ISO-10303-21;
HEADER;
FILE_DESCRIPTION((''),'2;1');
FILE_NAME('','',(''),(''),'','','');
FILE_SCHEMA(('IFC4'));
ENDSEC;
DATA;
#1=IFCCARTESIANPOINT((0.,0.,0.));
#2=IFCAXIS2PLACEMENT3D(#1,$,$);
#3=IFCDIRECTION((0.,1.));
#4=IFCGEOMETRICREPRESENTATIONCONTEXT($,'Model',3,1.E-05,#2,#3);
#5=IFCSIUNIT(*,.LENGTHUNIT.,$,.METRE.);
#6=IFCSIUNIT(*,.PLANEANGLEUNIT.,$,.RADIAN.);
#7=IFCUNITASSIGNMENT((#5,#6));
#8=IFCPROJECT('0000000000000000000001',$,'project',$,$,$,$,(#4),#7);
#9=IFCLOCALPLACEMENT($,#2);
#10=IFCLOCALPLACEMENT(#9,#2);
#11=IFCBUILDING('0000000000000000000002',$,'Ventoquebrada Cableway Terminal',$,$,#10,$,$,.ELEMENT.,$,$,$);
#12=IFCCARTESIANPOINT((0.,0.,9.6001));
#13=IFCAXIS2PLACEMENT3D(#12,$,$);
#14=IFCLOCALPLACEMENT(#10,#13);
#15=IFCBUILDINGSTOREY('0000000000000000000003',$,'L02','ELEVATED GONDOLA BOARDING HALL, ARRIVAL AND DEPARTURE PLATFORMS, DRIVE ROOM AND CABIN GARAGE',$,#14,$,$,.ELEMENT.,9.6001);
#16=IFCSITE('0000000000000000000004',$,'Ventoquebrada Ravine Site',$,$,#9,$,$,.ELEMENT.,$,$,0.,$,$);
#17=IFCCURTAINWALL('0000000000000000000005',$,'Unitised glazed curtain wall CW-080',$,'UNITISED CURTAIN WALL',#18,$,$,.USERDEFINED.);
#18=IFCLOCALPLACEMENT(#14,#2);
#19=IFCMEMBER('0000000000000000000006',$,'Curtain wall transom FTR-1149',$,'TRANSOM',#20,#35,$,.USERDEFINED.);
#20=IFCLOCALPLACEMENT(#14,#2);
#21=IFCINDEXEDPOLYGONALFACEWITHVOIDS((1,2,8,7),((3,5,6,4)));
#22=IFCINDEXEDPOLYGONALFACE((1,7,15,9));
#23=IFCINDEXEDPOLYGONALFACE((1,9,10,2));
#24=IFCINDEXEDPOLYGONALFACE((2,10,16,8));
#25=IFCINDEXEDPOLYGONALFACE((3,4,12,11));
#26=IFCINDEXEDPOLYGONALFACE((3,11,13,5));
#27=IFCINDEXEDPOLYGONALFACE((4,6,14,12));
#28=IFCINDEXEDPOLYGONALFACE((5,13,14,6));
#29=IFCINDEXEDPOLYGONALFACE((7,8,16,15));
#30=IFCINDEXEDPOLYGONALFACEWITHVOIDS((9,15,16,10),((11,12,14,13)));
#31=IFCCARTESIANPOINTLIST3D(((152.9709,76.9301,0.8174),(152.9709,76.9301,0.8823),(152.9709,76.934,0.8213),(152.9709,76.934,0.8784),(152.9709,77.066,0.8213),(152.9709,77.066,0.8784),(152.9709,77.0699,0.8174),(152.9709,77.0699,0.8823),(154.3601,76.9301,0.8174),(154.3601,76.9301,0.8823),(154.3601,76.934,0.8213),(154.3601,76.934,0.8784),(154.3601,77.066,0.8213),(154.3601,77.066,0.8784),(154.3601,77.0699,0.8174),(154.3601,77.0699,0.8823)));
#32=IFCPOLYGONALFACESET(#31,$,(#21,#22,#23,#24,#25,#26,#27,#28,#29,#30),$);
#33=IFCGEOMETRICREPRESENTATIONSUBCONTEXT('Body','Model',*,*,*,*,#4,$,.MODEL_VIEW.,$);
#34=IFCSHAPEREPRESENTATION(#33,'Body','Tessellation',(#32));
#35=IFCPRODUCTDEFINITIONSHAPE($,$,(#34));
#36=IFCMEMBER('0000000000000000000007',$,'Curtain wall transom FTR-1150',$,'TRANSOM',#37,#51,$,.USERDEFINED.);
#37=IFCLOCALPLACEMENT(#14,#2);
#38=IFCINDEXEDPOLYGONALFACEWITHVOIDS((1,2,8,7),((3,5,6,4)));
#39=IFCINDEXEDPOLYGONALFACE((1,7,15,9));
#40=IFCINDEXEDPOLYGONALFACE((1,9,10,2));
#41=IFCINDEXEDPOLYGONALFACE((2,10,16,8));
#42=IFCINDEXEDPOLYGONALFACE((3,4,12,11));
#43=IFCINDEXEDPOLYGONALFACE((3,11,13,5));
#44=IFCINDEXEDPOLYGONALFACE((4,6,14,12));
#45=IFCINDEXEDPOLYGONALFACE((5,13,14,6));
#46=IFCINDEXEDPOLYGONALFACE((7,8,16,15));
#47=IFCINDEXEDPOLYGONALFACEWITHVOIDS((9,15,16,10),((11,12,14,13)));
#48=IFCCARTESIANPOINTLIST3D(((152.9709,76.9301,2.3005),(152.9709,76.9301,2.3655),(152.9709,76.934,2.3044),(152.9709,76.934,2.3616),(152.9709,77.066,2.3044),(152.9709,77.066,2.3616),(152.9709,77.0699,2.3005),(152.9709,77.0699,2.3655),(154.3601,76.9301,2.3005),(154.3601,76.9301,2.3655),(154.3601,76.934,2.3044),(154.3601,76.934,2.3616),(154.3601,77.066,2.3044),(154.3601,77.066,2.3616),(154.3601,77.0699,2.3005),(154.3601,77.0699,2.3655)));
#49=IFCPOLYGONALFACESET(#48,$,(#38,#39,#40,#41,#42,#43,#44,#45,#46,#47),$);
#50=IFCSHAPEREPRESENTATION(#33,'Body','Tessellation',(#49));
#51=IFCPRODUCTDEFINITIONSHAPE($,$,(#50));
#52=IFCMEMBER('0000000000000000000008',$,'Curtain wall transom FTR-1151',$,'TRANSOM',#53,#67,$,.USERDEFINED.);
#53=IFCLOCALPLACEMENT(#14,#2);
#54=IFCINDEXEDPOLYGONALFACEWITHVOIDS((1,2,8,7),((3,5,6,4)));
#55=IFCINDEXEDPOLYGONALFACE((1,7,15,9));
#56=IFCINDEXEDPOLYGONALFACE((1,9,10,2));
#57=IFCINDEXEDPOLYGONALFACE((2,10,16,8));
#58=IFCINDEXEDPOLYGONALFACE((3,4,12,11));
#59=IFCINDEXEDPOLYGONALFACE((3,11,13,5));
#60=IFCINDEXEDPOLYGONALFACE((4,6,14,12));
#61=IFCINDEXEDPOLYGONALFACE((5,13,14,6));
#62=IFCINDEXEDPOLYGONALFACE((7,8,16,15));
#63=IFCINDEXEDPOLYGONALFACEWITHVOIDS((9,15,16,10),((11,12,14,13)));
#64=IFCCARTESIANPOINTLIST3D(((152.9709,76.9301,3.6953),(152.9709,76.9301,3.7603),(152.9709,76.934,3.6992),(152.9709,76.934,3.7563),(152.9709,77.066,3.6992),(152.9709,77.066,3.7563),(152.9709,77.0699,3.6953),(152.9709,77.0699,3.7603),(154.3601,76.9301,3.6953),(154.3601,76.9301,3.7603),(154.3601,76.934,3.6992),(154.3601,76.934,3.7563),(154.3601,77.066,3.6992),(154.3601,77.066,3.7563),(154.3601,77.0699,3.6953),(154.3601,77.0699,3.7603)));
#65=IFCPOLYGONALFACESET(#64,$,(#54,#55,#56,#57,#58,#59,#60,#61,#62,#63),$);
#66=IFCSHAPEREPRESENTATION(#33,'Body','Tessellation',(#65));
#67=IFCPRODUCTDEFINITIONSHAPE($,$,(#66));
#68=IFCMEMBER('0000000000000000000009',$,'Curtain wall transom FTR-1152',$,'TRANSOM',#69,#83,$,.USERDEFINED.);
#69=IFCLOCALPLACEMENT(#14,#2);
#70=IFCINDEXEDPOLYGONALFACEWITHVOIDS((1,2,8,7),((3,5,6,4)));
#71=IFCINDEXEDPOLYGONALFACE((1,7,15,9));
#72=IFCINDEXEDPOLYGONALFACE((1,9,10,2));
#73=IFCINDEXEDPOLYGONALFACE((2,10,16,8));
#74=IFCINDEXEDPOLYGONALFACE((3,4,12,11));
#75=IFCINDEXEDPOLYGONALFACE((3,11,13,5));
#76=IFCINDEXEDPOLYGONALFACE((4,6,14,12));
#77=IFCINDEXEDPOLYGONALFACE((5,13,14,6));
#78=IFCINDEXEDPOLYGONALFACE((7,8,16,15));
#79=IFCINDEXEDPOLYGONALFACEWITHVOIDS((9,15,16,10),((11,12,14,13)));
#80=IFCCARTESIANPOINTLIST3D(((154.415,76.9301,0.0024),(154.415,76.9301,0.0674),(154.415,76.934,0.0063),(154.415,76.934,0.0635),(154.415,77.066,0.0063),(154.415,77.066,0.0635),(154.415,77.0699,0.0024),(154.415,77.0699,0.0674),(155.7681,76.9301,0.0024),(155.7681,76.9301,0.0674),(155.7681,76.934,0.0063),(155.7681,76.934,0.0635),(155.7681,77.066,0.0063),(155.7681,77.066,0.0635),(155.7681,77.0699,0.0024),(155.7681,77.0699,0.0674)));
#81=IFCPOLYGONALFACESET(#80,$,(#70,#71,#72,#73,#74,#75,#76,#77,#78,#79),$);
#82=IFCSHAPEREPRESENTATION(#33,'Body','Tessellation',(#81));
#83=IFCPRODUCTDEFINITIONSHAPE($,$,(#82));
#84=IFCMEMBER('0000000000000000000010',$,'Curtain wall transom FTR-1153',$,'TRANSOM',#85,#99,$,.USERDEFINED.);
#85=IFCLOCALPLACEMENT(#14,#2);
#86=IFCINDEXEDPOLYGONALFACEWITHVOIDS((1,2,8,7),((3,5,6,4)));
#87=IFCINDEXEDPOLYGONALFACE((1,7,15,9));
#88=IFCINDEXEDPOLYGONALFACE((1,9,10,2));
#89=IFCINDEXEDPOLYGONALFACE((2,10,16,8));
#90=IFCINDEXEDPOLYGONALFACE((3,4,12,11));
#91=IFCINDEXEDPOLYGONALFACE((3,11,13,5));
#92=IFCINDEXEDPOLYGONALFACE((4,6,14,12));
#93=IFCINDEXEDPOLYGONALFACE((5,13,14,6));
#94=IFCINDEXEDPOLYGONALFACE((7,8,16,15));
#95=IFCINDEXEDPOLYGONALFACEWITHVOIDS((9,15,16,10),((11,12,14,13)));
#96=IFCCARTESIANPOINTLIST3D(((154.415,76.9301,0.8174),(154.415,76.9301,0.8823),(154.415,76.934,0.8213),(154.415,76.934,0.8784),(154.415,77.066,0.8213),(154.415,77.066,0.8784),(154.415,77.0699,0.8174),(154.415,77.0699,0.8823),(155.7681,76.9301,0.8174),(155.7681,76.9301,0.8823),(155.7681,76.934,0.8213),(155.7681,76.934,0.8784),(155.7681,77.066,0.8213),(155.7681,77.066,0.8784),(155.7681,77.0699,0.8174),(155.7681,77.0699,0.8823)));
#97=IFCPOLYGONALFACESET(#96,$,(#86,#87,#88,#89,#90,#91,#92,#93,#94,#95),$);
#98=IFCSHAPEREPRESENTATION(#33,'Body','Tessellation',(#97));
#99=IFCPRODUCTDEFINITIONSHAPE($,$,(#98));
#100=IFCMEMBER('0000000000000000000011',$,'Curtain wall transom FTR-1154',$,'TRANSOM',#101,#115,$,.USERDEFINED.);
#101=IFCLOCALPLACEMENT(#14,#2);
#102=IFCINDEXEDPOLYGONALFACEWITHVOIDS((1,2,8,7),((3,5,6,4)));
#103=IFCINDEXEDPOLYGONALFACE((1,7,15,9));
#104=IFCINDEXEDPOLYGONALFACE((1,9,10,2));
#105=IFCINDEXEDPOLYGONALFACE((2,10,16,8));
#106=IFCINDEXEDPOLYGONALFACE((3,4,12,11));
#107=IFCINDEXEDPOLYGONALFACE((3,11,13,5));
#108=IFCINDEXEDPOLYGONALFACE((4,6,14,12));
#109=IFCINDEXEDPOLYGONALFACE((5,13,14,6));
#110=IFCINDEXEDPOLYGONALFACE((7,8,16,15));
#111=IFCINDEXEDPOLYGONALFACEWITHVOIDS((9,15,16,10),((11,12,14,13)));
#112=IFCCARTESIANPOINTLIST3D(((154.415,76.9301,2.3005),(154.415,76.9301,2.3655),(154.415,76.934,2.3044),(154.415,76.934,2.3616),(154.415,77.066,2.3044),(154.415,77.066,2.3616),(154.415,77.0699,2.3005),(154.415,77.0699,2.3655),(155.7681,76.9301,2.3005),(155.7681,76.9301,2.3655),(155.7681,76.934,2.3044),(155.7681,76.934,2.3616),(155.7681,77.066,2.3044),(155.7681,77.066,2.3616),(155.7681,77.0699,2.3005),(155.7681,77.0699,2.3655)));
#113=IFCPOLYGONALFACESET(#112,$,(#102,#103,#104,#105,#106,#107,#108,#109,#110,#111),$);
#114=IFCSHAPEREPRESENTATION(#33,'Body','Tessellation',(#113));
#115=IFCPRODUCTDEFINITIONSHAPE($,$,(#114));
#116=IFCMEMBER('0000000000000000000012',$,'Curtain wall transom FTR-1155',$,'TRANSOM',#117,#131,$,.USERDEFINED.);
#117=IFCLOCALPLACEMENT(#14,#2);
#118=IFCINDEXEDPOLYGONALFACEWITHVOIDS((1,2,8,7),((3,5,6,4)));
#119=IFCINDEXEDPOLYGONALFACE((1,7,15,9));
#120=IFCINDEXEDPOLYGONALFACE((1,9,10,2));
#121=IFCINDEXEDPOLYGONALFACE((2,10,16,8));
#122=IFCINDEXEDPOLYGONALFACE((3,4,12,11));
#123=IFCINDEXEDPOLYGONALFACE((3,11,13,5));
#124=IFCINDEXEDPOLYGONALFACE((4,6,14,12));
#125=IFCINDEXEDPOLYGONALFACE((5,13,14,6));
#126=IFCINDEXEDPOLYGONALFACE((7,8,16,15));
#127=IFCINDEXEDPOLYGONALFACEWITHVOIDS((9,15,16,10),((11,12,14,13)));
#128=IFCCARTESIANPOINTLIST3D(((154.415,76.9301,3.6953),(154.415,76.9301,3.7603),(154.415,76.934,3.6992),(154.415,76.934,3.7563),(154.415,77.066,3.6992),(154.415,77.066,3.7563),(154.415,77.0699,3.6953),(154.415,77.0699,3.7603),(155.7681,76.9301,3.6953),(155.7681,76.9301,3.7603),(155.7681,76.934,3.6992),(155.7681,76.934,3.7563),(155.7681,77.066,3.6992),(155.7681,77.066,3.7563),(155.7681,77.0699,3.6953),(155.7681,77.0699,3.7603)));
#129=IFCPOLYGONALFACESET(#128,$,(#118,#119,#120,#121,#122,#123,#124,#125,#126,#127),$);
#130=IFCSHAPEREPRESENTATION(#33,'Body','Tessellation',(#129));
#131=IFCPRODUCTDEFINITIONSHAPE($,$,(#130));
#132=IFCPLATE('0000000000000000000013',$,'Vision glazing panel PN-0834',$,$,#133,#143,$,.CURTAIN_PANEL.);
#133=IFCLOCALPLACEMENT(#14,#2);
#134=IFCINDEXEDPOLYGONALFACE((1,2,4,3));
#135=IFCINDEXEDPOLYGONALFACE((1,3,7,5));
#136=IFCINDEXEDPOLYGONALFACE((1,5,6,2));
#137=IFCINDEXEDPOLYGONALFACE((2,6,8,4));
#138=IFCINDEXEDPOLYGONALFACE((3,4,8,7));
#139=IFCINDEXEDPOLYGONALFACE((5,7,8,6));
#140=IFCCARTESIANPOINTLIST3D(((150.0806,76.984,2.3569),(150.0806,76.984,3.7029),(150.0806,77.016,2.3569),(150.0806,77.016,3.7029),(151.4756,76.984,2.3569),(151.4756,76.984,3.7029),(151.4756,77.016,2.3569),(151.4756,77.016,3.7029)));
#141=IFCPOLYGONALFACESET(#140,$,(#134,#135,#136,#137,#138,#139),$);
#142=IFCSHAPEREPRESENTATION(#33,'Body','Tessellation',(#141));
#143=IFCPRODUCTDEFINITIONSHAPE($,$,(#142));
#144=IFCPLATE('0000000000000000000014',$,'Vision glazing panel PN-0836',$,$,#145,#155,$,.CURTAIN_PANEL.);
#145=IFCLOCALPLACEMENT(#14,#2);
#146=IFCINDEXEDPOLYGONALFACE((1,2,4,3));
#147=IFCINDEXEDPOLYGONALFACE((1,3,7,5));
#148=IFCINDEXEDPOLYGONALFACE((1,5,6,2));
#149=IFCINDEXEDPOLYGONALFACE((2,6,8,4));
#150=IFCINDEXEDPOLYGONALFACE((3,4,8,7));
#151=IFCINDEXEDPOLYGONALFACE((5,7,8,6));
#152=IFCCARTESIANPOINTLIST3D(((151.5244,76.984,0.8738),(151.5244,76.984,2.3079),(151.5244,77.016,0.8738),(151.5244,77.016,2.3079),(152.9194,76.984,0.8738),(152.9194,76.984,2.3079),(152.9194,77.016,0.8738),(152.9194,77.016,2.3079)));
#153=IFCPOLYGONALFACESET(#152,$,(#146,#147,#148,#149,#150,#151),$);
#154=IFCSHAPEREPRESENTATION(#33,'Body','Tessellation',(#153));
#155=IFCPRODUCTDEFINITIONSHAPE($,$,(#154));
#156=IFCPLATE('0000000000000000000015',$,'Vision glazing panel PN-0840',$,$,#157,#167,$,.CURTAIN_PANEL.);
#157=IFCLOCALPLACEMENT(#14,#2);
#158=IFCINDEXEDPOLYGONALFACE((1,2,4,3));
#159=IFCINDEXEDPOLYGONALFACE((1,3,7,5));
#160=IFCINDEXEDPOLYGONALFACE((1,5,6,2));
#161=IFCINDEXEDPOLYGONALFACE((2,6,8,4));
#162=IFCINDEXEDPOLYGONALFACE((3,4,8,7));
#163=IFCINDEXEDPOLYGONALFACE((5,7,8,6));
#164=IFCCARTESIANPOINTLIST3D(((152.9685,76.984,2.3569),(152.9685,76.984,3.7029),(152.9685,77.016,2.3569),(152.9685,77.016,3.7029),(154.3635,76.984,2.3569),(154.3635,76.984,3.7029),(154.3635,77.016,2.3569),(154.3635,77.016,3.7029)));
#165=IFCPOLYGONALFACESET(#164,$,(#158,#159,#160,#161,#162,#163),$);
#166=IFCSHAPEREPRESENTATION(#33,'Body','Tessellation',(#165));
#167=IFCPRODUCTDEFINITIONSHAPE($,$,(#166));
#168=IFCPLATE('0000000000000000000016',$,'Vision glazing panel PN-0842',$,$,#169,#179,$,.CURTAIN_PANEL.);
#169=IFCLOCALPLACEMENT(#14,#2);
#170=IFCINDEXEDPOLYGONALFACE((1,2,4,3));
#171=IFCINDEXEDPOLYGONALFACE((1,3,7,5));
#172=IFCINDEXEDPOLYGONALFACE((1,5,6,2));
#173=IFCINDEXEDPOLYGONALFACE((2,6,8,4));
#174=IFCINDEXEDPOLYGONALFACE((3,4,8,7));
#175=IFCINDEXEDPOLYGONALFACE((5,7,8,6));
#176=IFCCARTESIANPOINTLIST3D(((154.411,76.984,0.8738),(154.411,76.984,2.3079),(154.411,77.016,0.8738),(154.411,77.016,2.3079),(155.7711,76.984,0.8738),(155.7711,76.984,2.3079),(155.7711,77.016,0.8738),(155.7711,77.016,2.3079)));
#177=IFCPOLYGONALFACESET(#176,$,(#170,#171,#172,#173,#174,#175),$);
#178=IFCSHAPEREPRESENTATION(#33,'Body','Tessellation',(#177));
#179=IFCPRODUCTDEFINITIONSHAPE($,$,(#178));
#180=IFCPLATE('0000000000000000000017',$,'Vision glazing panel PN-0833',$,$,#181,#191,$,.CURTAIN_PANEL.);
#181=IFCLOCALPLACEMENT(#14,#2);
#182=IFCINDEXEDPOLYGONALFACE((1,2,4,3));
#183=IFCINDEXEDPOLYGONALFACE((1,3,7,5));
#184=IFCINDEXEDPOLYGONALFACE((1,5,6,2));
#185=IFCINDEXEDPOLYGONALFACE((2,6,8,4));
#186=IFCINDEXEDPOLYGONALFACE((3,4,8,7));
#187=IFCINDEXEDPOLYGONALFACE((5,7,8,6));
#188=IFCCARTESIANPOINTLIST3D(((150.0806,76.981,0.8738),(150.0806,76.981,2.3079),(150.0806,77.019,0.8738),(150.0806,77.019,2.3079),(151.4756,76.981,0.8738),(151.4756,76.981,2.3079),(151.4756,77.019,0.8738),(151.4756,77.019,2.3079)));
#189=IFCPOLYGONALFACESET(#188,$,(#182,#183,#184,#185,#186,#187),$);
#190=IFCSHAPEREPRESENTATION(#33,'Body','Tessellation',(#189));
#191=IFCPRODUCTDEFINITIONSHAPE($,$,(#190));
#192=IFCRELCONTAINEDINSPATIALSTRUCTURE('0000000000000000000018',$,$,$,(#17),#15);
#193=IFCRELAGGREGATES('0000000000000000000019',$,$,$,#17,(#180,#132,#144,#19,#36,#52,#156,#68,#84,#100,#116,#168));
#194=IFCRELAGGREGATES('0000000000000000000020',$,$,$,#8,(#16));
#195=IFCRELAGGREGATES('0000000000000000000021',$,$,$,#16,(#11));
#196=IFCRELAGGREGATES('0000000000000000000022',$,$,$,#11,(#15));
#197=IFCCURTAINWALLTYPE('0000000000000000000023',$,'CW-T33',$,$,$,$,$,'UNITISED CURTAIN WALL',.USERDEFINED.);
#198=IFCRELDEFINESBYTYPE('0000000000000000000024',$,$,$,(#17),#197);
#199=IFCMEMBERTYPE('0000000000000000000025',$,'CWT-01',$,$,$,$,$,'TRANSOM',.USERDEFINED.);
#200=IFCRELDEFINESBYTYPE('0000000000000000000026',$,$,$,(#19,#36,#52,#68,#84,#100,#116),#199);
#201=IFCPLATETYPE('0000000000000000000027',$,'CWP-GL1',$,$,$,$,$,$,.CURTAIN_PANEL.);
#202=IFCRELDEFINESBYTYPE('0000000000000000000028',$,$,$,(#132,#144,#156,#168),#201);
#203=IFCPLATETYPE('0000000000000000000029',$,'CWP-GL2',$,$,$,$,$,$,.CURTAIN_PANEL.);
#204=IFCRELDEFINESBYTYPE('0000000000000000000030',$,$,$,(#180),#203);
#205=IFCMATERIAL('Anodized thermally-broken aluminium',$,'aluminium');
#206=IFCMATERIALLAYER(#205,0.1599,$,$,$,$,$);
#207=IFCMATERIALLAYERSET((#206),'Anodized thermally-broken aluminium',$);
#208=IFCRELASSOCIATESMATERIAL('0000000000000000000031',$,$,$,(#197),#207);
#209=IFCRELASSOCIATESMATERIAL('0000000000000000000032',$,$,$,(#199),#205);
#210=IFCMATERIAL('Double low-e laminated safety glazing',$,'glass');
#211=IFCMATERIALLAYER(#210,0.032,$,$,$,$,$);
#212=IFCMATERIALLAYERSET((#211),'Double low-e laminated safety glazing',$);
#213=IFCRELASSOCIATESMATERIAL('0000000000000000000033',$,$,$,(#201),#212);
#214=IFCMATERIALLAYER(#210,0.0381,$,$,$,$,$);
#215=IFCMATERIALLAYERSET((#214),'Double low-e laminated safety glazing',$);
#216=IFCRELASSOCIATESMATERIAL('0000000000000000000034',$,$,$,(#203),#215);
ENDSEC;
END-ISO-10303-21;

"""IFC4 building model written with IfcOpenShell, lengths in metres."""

from ifc_helpers import new_model, si_unit, direction, frame, origin, origin_2d, place, context, subcontext, project, spatial, rectangle, hollow_rectangle, extrude, material, layer, layer_set, material_profile, profile_set, type_object, element, aggregate, save


model = new_model("IFC4")

# Units and contexts
model_context = context("Model", 3, precision=1e-05, world=origin(), true_north=direction((0.0, 1.0)))
body_context = subcontext(model_context, "Body", "Model", "MODEL_VIEW")
ifc_project = project(units=[si_unit("LENGTHUNIT", "METRE"), si_unit("PLANEANGLEUNIT", "RADIAN")], contexts=[model_context])

# Site, building, storey
site_placement = place(None, origin())
site = spatial("IfcSite", under=ifc_project, at=site_placement, Name="Ventoquebrada Ravine Site", CompositionType="ELEMENT", RefElevation=0.0)
building_placement = place(site_placement, origin())
building = spatial("IfcBuilding", under=site, at=building_placement, Name="Ventoquebrada Cableway Terminal", CompositionType="ELEMENT")
storey_placement = place(building_placement, frame((0.0, 0.0, 9.6001)))
storey = spatial("IfcBuildingStorey", under=building, at=storey_placement, Name="L02", Description="ELEVATED GONDOLA BOARDING HALL, ARRIVAL AND DEPARTURE PLATFORMS, DRIVE ROOM AND CABIN GARAGE", CompositionType="ELEMENT", Elevation=9.6001)

# Curtain wall, members, plates
ifc_material_1 = material(Name="Anodized thermally-broken aluminium", Category="aluminium")
ifc_layer_1 = layer(ifc_material_1, 0.1599)
ifc_layer_set_1 = layer_set([ifc_layer_1], Name="Anodized thermally-broken aluminium")
curtain_wall_type = type_object("IfcCurtainWallType", Name="CW-T33", ElementType="UNITISED CURTAIN WALL", PredefinedType="USERDEFINED", material=ifc_layer_set_1)
curtain_wall_placement = place(storey_placement, origin())
curtain_wall = element("IfcCurtainWall", 1, at=curtain_wall_placement, inside=storey, type_object=curtain_wall_type, Name="Unitised glazed curtain wall CW-080", ObjectType="UNITISED CURTAIN WALL", PredefinedType="USERDEFINED")
ifc_material_profile_1 = material_profile(ifc_material_1, hollow_rectangle(XDim=0.0649, YDim=0.1399, WallThickness=0.0039, at=origin_2d()), Name="CW-TRN-65X140")
ifc_profile_set_1 = profile_set([ifc_material_profile_1], Name="Anodized thermally-broken aluminium")
member_type_1 = type_object("IfcMemberType", Name="CWT-01", ElementType="TRANSOM", PredefinedType="USERDEFINED", material=ifc_profile_set_1)
member_1_placement = place(storey_placement, frame((152.9709, 77.0, 0.8499), z_axis=(1.0, 0.0, 0.0), x_axis=(0.0, 0.0, 1.0)))
member_1 = element("IfcMember", 2, at=member_1_placement, type_object=member_type_1, Name="Curtain wall transom FTR-1149", ObjectType="TRANSOM", PredefinedType="USERDEFINED", context=body_context, shape_type="SweptSolid", body=[
    extrude(hollow_rectangle(XDim=0.0649, YDim=0.1399, WallThickness=0.0039, at=origin_2d()), origin(), (0.0, 0.0, 1.0), 1.3892),
])
member_2_placement = place(storey_placement, frame((152.9709, 77.0, 2.333), z_axis=(1.0, 0.0, 0.0), x_axis=(0.0, 0.0, 1.0)))
member_2 = element("IfcMember", 3, at=member_2_placement, type_object=member_type_1, Name="Curtain wall transom FTR-1150", ObjectType="TRANSOM", PredefinedType="USERDEFINED", context=body_context, shape_type="SweptSolid", body=[
    extrude(hollow_rectangle(XDim=0.0649, YDim=0.1399, WallThickness=0.0039, at=origin_2d()), origin(), (0.0, 0.0, 1.0), 1.3892),
])
member_3_placement = place(storey_placement, frame((152.9709, 77.0, 3.7278), z_axis=(1.0, 0.0, 0.0), x_axis=(0.0, 0.0, 1.0)))
member_3 = element("IfcMember", 4, at=member_3_placement, type_object=member_type_1, Name="Curtain wall transom FTR-1151", ObjectType="TRANSOM", PredefinedType="USERDEFINED", context=body_context, shape_type="SweptSolid", body=[
    extrude(hollow_rectangle(XDim=0.0649, YDim=0.1399, WallThickness=0.0039, at=origin_2d()), origin(), (0.0, 0.0, 1.0), 1.3892),
])
member_4_placement = place(storey_placement, frame((154.415, 77.0, 0.0349), z_axis=(1.0, 0.0, 0.0), x_axis=(0.0, 0.0, 1.0)))
member_4 = element("IfcMember", 5, at=member_4_placement, type_object=member_type_1, Name="Curtain wall transom FTR-1152", ObjectType="TRANSOM", PredefinedType="USERDEFINED", context=body_context, shape_type="SweptSolid", body=[
    extrude(hollow_rectangle(XDim=0.0649, YDim=0.1399, WallThickness=0.0039, at=origin_2d()), origin(), (0.0, 0.0, 1.0), 1.353),
])
member_5_placement = place(storey_placement, frame((154.415, 77.0, 0.8499), z_axis=(1.0, 0.0, 0.0), x_axis=(0.0, 0.0, 1.0)))
member_5 = element("IfcMember", 6, at=member_5_placement, type_object=member_type_1, Name="Curtain wall transom FTR-1153", ObjectType="TRANSOM", PredefinedType="USERDEFINED", context=body_context, shape_type="SweptSolid", body=[
    extrude(hollow_rectangle(XDim=0.0649, YDim=0.1399, WallThickness=0.0039, at=origin_2d()), origin(), (0.0, 0.0, 1.0), 1.353),
])
member_6_placement = place(storey_placement, frame((154.415, 77.0, 2.333), z_axis=(1.0, 0.0, 0.0), x_axis=(0.0, 0.0, 1.0)))
member_6 = element("IfcMember", 7, at=member_6_placement, type_object=member_type_1, Name="Curtain wall transom FTR-1154", ObjectType="TRANSOM", PredefinedType="USERDEFINED", context=body_context, shape_type="SweptSolid", body=[
    extrude(hollow_rectangle(XDim=0.0649, YDim=0.1399, WallThickness=0.0039, at=origin_2d()), origin(), (0.0, 0.0, 1.0), 1.353),
])
member_7_placement = place(storey_placement, frame((154.415, 77.0, 3.7278), z_axis=(1.0, 0.0, 0.0), x_axis=(0.0, 0.0, 1.0)))
member_7 = element("IfcMember", 8, at=member_7_placement, type_object=member_type_1, Name="Curtain wall transom FTR-1155", ObjectType="TRANSOM", PredefinedType="USERDEFINED", context=body_context, shape_type="SweptSolid", body=[
    extrude(hollow_rectangle(XDim=0.0649, YDim=0.1399, WallThickness=0.0039, at=origin_2d()), origin(), (0.0, 0.0, 1.0), 1.353),
])
ifc_material_2 = material(Name="Double low-e laminated safety glazing", Category="glass")
ifc_layer_2 = layer(ifc_material_2, 0.032)
ifc_layer_set_2 = layer_set([ifc_layer_2], Name="Double low-e laminated safety glazing")
plate_type_1 = type_object("IfcPlateType", Name="CWP-GL1", PredefinedType="CURTAIN_PANEL", material=ifc_layer_set_2)
plate_1_placement = place(storey_placement, frame((150.7781, 77.0, 2.3569), z_axis=(0.0, 0.0, 1.0), x_axis=(1.0, 0.0, 0.0)))
plate_1 = element("IfcPlate", 9, at=plate_1_placement, type_object=plate_type_1, Name="Vision glazing panel PN-0834", PredefinedType="CURTAIN_PANEL", context=body_context, shape_type="SweptSolid", body=[
    extrude(rectangle(XDim=1.395, YDim=0.032, at=origin_2d()), origin(), (0.0, 0.0, 1.0), 1.3459),
])
plate_2_placement = place(storey_placement, frame((152.2219, 77.0, 0.8738), z_axis=(0.0, 0.0, 1.0), x_axis=(1.0, 0.0, 0.0)))
plate_2 = element("IfcPlate", 10, at=plate_2_placement, type_object=plate_type_1, Name="Vision glazing panel PN-0836", PredefinedType="CURTAIN_PANEL", context=body_context, shape_type="SweptSolid", body=[
    extrude(rectangle(XDim=1.395, YDim=0.032, at=origin_2d()), origin(), (0.0, 0.0, 1.0), 1.4341),
])
plate_3_placement = place(storey_placement, frame((153.666, 77.0, 2.3569), z_axis=(0.0, 0.0, 1.0), x_axis=(1.0, 0.0, 0.0)))
plate_3 = element("IfcPlate", 11, at=plate_3_placement, type_object=plate_type_1, Name="Vision glazing panel PN-0840", PredefinedType="CURTAIN_PANEL", context=body_context, shape_type="SweptSolid", body=[
    extrude(rectangle(XDim=1.395, YDim=0.032, at=origin_2d()), origin(), (0.0, 0.0, 1.0), 1.3459),
])
plate_4_placement = place(storey_placement, frame((155.0911, 77.0, 0.8738), z_axis=(0.0, 0.0, 1.0), x_axis=(1.0, 0.0, 0.0)))
plate_4 = element("IfcPlate", 12, at=plate_4_placement, type_object=plate_type_1, Name="Vision glazing panel PN-0842", PredefinedType="CURTAIN_PANEL", context=body_context, shape_type="SweptSolid", body=[
    extrude(rectangle(XDim=1.3601, YDim=0.032, at=origin_2d()), origin(), (0.0, 0.0, 1.0), 1.4341),
])
ifc_layer_3 = layer(ifc_material_2, 0.0381)
ifc_layer_set_3 = layer_set([ifc_layer_3], Name="Double low-e laminated safety glazing")
plate_type_2 = type_object("IfcPlateType", Name="CWP-GL2", PredefinedType="CURTAIN_PANEL", material=ifc_layer_set_3)
plate_5_placement = place(storey_placement, frame((150.7781, 77.0, 0.8738), z_axis=(0.0, 0.0, 1.0), x_axis=(1.0, 0.0, 0.0)))
plate_5 = element("IfcPlate", 13, at=plate_5_placement, type_object=plate_type_2, Name="Vision glazing panel PN-0833", PredefinedType="CURTAIN_PANEL", context=body_context, shape_type="SweptSolid", body=[
    extrude(rectangle(XDim=1.395, YDim=0.0381, at=origin_2d()), origin(), (0.0, 0.0, 1.0), 1.4341),
])
aggregate(curtain_wall, [plate_5, plate_1, plate_2, member_1, member_2, member_3, plate_3, member_4, member_5, member_6, member_7, plate_4])

save(model, "model.ifc")
